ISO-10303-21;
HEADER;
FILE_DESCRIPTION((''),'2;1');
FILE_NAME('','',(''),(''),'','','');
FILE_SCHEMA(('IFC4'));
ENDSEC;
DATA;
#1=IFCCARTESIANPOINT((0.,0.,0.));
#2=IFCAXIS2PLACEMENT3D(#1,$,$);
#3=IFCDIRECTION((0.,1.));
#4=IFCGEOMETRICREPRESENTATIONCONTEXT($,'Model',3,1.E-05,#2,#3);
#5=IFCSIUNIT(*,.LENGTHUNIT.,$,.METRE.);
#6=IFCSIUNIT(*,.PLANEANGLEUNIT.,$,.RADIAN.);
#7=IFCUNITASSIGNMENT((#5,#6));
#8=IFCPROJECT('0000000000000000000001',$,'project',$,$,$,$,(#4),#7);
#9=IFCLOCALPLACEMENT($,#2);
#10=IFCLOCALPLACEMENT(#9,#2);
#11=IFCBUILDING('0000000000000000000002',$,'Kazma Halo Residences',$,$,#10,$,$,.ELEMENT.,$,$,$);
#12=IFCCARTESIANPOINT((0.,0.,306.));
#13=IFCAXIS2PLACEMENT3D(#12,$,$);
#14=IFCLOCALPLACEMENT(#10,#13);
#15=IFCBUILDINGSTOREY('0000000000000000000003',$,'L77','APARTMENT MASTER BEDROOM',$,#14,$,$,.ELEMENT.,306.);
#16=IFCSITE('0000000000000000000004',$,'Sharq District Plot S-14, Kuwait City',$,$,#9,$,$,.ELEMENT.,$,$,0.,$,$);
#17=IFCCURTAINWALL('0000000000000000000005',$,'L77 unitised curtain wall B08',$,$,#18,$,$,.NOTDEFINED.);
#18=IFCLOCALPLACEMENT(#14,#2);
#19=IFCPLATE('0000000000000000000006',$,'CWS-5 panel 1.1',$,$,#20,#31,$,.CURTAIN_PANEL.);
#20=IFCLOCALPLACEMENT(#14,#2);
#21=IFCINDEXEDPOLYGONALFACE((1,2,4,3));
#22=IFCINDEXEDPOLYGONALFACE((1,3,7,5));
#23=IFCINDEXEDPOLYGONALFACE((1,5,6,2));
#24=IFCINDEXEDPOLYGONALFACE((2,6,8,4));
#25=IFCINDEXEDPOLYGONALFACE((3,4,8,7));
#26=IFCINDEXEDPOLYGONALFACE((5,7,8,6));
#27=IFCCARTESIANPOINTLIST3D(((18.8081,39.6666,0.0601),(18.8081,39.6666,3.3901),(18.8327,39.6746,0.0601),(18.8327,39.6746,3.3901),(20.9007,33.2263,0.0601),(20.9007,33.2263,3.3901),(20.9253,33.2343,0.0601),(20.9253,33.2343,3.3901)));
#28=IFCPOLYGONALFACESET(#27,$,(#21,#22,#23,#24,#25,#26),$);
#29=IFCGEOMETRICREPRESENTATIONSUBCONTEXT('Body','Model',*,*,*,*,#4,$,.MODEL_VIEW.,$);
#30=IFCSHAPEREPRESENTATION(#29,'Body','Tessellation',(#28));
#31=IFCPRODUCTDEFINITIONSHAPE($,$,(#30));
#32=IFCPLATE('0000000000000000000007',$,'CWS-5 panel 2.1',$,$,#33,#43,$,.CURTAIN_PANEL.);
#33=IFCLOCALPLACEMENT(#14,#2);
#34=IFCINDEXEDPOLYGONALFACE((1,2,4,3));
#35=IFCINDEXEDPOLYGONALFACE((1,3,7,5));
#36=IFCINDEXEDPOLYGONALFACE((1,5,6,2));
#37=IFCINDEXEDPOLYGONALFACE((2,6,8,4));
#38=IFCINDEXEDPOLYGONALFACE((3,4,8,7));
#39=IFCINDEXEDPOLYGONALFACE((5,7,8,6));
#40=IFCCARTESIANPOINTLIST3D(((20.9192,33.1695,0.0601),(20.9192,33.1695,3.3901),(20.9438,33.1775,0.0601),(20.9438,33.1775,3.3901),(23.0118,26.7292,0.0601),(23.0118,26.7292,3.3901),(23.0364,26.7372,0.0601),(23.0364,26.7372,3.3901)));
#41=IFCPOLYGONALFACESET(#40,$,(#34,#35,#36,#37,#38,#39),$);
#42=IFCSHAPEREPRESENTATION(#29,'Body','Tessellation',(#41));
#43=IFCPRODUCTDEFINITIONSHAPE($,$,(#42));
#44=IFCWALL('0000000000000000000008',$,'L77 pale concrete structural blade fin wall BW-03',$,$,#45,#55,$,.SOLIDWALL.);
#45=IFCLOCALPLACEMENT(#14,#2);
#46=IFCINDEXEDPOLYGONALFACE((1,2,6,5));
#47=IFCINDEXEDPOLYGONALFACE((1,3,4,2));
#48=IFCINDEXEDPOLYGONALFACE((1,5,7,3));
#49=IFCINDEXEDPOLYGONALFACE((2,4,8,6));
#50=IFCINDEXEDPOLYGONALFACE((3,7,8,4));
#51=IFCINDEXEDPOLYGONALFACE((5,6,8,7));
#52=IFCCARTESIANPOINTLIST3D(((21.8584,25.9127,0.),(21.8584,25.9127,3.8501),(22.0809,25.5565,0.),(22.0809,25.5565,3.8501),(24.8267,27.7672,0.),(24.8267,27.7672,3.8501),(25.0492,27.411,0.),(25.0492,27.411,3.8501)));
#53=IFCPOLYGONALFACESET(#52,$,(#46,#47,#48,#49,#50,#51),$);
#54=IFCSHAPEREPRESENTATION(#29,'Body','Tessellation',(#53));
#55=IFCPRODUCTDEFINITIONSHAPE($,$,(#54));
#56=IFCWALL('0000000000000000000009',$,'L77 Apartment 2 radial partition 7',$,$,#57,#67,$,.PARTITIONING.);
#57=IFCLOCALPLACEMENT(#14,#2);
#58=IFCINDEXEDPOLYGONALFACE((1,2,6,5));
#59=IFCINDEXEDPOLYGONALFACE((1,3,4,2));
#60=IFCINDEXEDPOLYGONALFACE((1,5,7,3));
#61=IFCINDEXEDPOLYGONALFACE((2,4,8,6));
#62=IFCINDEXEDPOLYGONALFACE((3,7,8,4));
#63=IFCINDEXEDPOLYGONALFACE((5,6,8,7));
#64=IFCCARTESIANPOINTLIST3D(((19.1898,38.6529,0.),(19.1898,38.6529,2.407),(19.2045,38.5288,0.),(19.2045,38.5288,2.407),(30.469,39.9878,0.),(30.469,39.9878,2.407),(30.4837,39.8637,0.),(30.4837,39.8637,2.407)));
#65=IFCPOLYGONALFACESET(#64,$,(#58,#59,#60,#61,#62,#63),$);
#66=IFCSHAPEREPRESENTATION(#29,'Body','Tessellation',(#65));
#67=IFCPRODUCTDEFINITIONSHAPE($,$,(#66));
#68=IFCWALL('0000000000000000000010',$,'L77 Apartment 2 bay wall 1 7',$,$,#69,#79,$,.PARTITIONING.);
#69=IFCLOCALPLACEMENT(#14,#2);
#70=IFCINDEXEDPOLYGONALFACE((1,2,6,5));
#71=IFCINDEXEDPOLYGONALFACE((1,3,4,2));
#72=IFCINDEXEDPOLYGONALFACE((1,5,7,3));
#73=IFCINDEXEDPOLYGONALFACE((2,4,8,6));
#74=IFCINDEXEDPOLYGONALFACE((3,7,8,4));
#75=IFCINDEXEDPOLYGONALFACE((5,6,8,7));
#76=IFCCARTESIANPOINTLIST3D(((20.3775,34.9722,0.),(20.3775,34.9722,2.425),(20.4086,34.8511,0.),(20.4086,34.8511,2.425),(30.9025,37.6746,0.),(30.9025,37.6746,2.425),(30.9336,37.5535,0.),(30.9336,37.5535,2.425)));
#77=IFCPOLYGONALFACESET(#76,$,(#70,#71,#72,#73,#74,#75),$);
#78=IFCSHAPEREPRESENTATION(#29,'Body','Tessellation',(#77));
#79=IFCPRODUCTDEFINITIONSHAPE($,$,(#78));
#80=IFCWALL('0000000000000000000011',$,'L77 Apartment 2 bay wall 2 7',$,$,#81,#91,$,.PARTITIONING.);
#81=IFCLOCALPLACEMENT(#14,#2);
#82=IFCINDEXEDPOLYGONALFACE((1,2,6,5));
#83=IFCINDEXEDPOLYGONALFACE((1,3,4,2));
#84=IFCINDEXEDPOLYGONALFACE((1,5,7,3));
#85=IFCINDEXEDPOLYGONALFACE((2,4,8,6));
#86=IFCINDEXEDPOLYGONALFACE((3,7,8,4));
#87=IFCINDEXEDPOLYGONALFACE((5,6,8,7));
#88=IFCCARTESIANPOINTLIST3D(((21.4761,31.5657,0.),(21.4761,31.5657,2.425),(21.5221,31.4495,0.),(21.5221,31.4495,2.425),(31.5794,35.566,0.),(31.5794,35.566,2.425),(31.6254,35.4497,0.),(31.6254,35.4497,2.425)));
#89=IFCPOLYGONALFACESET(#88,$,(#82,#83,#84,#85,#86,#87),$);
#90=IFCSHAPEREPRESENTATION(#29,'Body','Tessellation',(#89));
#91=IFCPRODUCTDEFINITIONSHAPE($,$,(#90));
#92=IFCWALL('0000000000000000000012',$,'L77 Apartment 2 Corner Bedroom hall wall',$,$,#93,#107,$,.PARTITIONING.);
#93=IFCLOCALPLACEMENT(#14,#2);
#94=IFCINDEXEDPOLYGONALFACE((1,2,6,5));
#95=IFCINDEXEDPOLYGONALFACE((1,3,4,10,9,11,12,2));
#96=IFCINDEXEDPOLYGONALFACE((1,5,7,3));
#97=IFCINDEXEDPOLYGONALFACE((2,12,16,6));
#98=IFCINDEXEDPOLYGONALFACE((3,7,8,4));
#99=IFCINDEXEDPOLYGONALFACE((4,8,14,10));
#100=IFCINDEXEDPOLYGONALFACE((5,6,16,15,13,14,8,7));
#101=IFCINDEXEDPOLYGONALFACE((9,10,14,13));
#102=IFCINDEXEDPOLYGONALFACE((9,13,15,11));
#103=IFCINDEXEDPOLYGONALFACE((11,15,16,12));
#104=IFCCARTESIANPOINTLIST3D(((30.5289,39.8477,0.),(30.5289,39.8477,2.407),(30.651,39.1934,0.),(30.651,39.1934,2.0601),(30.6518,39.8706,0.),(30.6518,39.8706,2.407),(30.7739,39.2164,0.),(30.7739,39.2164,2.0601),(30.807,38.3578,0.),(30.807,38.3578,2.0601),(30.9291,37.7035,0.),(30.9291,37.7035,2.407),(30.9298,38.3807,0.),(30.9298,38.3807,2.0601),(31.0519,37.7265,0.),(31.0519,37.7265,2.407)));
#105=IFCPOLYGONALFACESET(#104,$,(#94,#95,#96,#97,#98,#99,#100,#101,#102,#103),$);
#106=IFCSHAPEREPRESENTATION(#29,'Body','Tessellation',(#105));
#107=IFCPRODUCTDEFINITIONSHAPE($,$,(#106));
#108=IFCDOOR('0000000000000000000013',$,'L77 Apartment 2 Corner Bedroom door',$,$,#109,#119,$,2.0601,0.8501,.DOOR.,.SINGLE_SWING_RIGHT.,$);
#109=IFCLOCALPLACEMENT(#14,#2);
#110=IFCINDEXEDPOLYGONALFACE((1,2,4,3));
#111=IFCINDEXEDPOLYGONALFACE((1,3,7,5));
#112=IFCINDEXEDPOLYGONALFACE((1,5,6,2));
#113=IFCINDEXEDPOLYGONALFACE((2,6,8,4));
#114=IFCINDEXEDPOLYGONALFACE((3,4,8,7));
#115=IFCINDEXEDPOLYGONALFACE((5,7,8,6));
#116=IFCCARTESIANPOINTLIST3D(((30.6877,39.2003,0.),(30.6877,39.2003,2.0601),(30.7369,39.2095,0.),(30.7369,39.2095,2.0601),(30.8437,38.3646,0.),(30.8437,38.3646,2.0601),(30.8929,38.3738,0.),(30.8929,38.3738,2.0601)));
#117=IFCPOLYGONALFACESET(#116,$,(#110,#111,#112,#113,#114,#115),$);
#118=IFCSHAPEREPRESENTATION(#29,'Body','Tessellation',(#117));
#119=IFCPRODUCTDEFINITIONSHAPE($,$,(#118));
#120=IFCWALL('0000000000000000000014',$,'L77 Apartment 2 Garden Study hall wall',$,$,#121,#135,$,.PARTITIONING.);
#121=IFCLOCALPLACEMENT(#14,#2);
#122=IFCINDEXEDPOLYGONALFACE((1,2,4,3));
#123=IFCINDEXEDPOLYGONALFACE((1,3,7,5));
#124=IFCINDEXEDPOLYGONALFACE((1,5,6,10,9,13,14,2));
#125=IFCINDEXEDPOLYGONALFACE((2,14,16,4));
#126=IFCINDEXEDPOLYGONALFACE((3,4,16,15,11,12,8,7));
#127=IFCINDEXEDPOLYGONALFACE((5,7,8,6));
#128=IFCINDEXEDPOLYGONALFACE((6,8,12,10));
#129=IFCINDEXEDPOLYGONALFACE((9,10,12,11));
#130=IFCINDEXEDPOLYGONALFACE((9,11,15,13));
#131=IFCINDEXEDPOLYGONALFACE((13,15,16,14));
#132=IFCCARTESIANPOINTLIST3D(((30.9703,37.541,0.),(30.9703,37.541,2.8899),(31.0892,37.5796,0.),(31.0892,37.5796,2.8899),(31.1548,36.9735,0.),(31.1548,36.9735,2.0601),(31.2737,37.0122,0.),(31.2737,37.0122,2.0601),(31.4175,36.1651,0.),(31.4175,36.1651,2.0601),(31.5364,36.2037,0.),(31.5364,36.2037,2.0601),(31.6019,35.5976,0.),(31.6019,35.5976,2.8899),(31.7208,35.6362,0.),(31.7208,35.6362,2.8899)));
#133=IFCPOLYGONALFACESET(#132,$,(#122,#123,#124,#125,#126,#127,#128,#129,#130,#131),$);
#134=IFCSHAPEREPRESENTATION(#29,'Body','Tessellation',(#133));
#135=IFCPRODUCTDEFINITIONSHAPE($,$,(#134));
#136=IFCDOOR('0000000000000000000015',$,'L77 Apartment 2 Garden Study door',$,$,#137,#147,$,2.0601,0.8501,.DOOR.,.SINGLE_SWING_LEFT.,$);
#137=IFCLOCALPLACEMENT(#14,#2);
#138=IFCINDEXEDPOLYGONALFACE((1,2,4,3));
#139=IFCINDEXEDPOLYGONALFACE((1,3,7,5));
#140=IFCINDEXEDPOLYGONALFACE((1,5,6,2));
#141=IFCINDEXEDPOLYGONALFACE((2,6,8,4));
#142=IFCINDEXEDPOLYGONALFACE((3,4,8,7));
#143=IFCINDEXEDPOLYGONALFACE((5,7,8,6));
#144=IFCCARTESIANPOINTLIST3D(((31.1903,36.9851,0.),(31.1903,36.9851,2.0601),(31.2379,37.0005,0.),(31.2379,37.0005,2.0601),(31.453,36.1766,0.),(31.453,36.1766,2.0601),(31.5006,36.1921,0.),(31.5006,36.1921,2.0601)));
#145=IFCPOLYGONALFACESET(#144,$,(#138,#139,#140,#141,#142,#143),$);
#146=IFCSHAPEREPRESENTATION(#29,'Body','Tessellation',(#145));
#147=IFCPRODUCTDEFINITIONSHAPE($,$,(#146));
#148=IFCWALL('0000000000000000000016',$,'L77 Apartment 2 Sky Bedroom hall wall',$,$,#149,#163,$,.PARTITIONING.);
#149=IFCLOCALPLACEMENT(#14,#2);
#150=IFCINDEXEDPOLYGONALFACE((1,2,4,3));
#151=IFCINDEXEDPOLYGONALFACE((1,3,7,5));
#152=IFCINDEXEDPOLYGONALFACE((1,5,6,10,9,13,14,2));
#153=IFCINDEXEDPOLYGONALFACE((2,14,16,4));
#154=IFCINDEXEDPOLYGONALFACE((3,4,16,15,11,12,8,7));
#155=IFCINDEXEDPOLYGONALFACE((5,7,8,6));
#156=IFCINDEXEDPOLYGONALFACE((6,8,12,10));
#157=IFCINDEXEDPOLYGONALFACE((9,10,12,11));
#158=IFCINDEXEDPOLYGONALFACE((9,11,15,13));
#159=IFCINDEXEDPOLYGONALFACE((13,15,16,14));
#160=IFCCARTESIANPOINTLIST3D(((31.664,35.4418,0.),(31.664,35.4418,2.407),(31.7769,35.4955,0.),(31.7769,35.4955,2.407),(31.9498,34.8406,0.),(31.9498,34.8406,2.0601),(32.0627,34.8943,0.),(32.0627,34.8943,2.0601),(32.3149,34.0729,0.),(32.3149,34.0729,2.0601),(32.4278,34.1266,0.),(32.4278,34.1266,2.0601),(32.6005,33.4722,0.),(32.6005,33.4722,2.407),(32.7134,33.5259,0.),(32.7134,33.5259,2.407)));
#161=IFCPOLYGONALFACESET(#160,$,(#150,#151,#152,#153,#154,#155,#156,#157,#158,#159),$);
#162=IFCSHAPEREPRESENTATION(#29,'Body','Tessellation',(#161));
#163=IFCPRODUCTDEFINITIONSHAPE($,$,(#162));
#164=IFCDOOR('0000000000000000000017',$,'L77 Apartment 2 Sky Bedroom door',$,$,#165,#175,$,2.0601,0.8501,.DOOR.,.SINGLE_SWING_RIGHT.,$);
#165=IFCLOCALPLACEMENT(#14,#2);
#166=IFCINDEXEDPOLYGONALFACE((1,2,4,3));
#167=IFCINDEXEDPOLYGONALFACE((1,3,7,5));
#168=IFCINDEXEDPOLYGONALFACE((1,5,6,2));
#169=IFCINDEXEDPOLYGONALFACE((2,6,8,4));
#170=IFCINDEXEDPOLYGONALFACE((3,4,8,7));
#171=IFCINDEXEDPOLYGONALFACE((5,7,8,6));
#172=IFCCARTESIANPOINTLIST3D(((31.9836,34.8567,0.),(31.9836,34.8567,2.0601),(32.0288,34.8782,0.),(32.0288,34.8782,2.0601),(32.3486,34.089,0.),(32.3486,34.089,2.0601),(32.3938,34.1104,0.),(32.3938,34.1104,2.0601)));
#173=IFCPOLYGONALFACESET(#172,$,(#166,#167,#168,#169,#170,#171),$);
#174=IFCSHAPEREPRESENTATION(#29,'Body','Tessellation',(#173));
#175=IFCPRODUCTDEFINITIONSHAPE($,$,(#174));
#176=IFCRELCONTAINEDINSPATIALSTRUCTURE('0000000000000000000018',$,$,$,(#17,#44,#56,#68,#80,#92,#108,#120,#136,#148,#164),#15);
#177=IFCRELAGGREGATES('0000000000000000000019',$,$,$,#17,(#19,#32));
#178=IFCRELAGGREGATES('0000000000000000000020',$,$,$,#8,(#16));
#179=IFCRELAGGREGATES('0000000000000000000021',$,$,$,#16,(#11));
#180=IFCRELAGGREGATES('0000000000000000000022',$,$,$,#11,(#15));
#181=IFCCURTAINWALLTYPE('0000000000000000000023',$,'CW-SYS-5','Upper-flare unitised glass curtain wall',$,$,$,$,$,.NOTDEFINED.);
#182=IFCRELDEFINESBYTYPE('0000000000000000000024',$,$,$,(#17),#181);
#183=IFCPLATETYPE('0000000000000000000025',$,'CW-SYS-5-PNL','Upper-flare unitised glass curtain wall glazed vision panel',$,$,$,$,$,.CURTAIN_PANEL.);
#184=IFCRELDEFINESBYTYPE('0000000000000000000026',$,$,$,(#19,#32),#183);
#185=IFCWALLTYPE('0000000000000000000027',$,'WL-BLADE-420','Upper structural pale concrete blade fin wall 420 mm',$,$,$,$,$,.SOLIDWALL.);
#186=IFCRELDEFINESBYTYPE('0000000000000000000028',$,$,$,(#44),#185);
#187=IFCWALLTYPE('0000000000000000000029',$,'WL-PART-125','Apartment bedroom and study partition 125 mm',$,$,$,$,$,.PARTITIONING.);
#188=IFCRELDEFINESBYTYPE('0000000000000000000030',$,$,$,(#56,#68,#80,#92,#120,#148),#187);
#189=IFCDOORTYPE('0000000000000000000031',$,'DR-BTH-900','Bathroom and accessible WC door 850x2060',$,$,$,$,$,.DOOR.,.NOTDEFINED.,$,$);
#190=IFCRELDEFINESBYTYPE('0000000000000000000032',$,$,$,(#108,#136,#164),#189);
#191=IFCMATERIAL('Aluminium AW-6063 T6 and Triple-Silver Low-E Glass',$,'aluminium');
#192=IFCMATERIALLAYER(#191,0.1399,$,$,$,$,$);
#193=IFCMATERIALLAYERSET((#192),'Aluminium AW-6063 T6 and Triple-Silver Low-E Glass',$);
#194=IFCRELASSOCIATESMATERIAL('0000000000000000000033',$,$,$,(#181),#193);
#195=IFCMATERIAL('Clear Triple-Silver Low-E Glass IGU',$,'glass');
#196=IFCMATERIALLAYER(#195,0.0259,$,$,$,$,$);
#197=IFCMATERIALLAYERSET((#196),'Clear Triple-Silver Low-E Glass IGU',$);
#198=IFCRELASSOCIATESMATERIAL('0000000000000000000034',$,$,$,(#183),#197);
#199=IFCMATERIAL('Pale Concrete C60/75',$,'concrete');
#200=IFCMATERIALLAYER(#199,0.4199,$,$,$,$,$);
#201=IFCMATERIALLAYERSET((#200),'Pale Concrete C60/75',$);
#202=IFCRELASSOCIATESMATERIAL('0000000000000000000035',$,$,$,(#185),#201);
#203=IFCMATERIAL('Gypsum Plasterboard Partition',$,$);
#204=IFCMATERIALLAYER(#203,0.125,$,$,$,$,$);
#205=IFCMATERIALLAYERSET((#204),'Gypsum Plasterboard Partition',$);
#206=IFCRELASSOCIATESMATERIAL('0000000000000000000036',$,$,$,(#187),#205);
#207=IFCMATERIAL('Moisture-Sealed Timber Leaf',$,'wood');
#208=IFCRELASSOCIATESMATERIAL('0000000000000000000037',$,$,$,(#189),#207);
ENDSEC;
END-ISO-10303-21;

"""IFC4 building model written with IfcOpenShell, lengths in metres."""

from ifc_helpers import new_model, si_unit, direction, frame, frame_2d, origin, origin_2d, place, context, subcontext, project, spatial, rectangle, extrude, material, layer, layer_set, type_object, element, fill, aggregate, save


model = new_model("IFC4")

# Units and contexts
model_context = context("Model", 3, precision=1e-05, world=origin(), true_north=direction((0.0, 1.0)))
body_context = subcontext(model_context, "Body", "Model", "MODEL_VIEW")
ifc_project = project(units=[si_unit("LENGTHUNIT", "METRE"), si_unit("PLANEANGLEUNIT", "RADIAN")], contexts=[model_context])

# Site, building, storey
site_placement = place(None, origin())
site = spatial("IfcSite", under=ifc_project, at=site_placement, Name="Sharq District Plot S-14, Kuwait City", CompositionType="ELEMENT", RefElevation=0.0)
building_placement = place(site_placement, origin())
building = spatial("IfcBuilding", under=site, at=building_placement, Name="Kazma Halo Residences", CompositionType="ELEMENT")
storey_placement = place(building_placement, frame((0.0, 0.0, 306.0)))
storey = spatial("IfcBuildingStorey", under=building, at=storey_placement, Name="L77", Description="APARTMENT MASTER BEDROOM", CompositionType="ELEMENT", Elevation=306.0)

# Curtain wall, plates
ifc_material_1 = material(Name="Aluminium AW-6063 T6 and Triple-Silver Low-E Glass", Category="aluminium")
ifc_layer_1 = layer(ifc_material_1, 0.1399)
ifc_layer_set_1 = layer_set([ifc_layer_1], Name="Aluminium AW-6063 T6 and Triple-Silver Low-E Glass")
curtain_wall_type = type_object("IfcCurtainWallType", Name="CW-SYS-5", Description="Upper-flare unitised glass curtain wall", PredefinedType="NOTDEFINED", material=ifc_layer_set_1)
curtain_wall_placement = place(storey_placement, origin())
curtain_wall = element("IfcCurtainWall", 1, at=curtain_wall_placement, inside=storey, type_object=curtain_wall_type, Name="L77 unitised curtain wall B08", PredefinedType="NOTDEFINED")
ifc_material_2 = material(Name="Clear Triple-Silver Low-E Glass IGU", Category="glass")
ifc_layer_2 = layer(ifc_material_2, 0.0259)
ifc_layer_set_2 = layer_set([ifc_layer_2], Name="Clear Triple-Silver Low-E Glass IGU")
plate_type = type_object("IfcPlateType", Name="CW-SYS-5-PNL", Description="Upper-flare unitised glass curtain wall glazed vision panel", PredefinedType="CURTAIN_PANEL", material=ifc_layer_set_2)
plate_1_placement = place(storey_placement, frame((19.8667, 36.4504, 0.0601), z_axis=(0.0, 0.0, 1.0), x_axis=(0.309016, -0.951057, 0.0)))
plate_1 = element("IfcPlate", 2, at=plate_1_placement, type_object=plate_type, Name="CWS-5 panel 1.1", PredefinedType="CURTAIN_PANEL", context=body_context, shape_type="SweptSolid", body=[
    extrude(rectangle(XDim=6.7717, YDim=0.0259, at=origin_2d()), origin(), (0.0, 0.0, 1.0), 3.3301),
])
plate_2_placement = place(storey_placement, frame((21.9778, 29.9534, 0.0601), z_axis=(0.0, 0.0, 1.0), x_axis=(0.309016, -0.951057, 0.0)))
plate_2 = element("IfcPlate", 3, at=plate_2_placement, type_object=plate_type, Name="CWS-5 panel 2.1", PredefinedType="CURTAIN_PANEL", context=body_context, shape_type="SweptSolid", body=[
    extrude(rectangle(XDim=6.7717, YDim=0.0259, at=origin_2d()), origin(), (0.0, 0.0, 1.0), 3.3301),
])
aggregate(curtain_wall, [plate_1, plate_2])

# Walls
ifc_material_3 = material(Name="Pale Concrete C60/75", Category="concrete")
ifc_layer_3 = layer(ifc_material_3, 0.4199)
ifc_layer_set_3 = layer_set([ifc_layer_3], Name="Pale Concrete C60/75")
wall_type_1 = type_object("IfcWallType", Name="WL-BLADE-420", Description="Upper structural pale concrete blade fin wall 420 mm", PredefinedType="SOLIDWALL", material=ifc_layer_set_3)
wall_1_placement = place(storey_placement, frame((24.938, 27.5891, 0.0), z_axis=(0.0, 0.0, 1.0), x_axis=(-0.848085, -0.529861, 0.0)))
element("IfcWall", 4, at=wall_1_placement, inside=storey, type_object=wall_type_1, Name="L77 pale concrete structural blade fin wall BW-03", PredefinedType="SOLIDWALL", context=body_context, shape_type="SweptSolid", body=[
    extrude(rectangle(XDim=3.5, YDim=0.4199, at=frame_2d((1.75, 0.0))), origin(), (0.0, 0.0, 1.0), 3.8501),
])
ifc_material_4 = material(Name="Gypsum Plasterboard Partition")
ifc_layer_4 = layer(ifc_material_4, 0.125)
ifc_layer_set_4 = layer_set([ifc_layer_4], Name="Gypsum Plasterboard Partition")
wall_type_2 = type_object("IfcWallType", Name="WL-PART-125", Description="Apartment bedroom and study partition 125 mm", PredefinedType="PARTITIONING", material=ifc_layer_set_4)
wall_2_placement = place(storey_placement, frame((30.4763, 39.9258, 0.0), z_axis=(0.0, 0.0, 1.0), x_axis=(-0.993069, -0.117535, 0.0)))
element("IfcWall", 5, at=wall_2_placement, inside=storey, type_object=wall_type_2, Name="L77 Apartment 2 radial partition 7", PredefinedType="PARTITIONING", context=body_context, shape_type="SweptSolid", body=[
    extrude(rectangle(XDim=11.3579, YDim=0.125, at=frame_2d((5.679, 0.0))), origin(), (0.0, 0.0, 1.0), 2.407),
])
for number, where, z_axis, x_axis, name in (
    (6, (30.918, 37.614, 0.0), (0.0, 0.0, 1.0), (-0.968583, -0.248689, 0.0), "L77 Apartment 2 bay wall 1 7"),
    (7, (31.6023, 35.5078, 0.0), (0.0, 0.0, 1.0), (-0.929774, -0.368131, 0.0), "L77 Apartment 2 bay wall 2 7"),
):
    element("IfcWall", number, at=place(storey_placement, frame(where, z_axis=z_axis, x_axis=x_axis)), inside=storey, type_object=wall_type_2, Name=name, PredefinedType="PARTITIONING", context=body_context, shape_type="SweptSolid", body=[
        extrude(rectangle(XDim=10.8665, YDim=0.125, at=frame_2d((5.4331, 0.0))), origin(), (0.0, 0.0, 1.0), 2.425),
    ])

# Walls, openings, doors
wall_3_placement = place(storey_placement, frame((30.5903, 39.8591, 0.0), z_axis=(0.0, 0.0, 1.0), x_axis=(0.183464, -0.983026, 0.0)))
wall_3 = element("IfcWall", 8, at=wall_3_placement, inside=storey, type_object=wall_type_2, Name="L77 Apartment 2 Corner Bedroom hall wall", PredefinedType="PARTITIONING", context=body_context, shape_type="SweptSolid", body=[
    extrude(rectangle(XDim=2.1812, YDim=0.125, at=frame_2d((1.0906, 0.0))), origin(), (0.0, 0.0, 1.0), 2.407),
])
opening_1_placement = place(wall_3_placement, frame((0.6655, 0.0, 0.0)))
opening_1 = element("IfcOpeningElement", 9, at=opening_1_placement, cuts=wall_3, PredefinedType="OPENING", context=body_context, shape_type="SweptSolid", body=[
    extrude(rectangle(XDim=0.8501, YDim=2.0601, at=frame_2d((0.425, 1.03))), frame((0.0, 0.0725, 0.0), z_axis=(0.0, -1.0, 0.0), x_axis=(1.0, 0.0, 0.0)), (0.0, 0.0, 1.0), 0.145),
])
ifc_material_5 = material(Name="Moisture-Sealed Timber Leaf", Category="wood")
door_type = type_object("IfcDoorType", Name="DR-BTH-900", Description="Bathroom and accessible WC door 850x2060", OperationType="NOTDEFINED", PredefinedType="DOOR", material=ifc_material_5)
door_1_placement = place(opening_1_placement, origin())
door_1 = element("IfcDoor", 10, at=door_1_placement, inside=storey, type_object=door_type, Name="L77 Apartment 2 Corner Bedroom door", OperationType="SINGLE_SWING_RIGHT", OverallHeight=2.0601, OverallWidth=0.8501, PredefinedType="DOOR", context=body_context, shape_type="SweptSolid", body=[
    extrude(rectangle(XDim=0.8501, YDim=2.0601, at=frame_2d((0.425, 1.03))), frame((0.0, 0.0249, 0.0), z_axis=(0.0, -1.0, 0.0), x_axis=(1.0, 0.0, 0.0)), (0.0, 0.0, 1.0), 0.05),
])
fill(opening_1, door_1)
wall_4_placement = place(storey_placement, frame((31.0298, 37.5603, 0.0), z_axis=(0.0, 0.0, 1.0), x_axis=(0.309086, -0.951034, 0.0)))
wall_4 = element("IfcWall", 11, at=wall_4_placement, inside=storey, type_object=wall_type_2, Name="L77 Apartment 2 Garden Study hall wall", PredefinedType="PARTITIONING", context=body_context, shape_type="SweptSolid", body=[
    extrude(rectangle(XDim=2.0435, YDim=0.125, at=frame_2d((1.0217, 0.0))), origin(), (0.0, 0.0, 1.0), 2.8899),
])
opening_2_placement = place(wall_4_placement, frame((0.5967, 0.0, 0.0)))
opening_2 = element("IfcOpeningElement", 12, at=opening_2_placement, cuts=wall_4, PredefinedType="OPENING", context=body_context, shape_type="SweptSolid", body=[
    extrude(rectangle(XDim=0.8501, YDim=2.0601, at=frame_2d((0.425, 1.03))), frame((0.0, 0.0725, 0.0), z_axis=(0.0, -1.0, 0.0), x_axis=(1.0, 0.0, 0.0)), (0.0, 0.0, 1.0), 0.145),
])
door_2_placement = place(opening_2_placement, origin())
door_2 = element("IfcDoor", 13, at=door_2_placement, inside=storey, type_object=door_type, Name="L77 Apartment 2 Garden Study door", OperationType="SINGLE_SWING_LEFT", OverallHeight=2.0601, OverallWidth=0.8501, PredefinedType="DOOR", context=body_context, shape_type="SweptSolid", body=[
    extrude(rectangle(XDim=0.8501, YDim=2.0601, at=frame_2d((0.425, 1.03))), frame((0.0, 0.0249, 0.0), z_axis=(0.0, -1.0, 0.0), x_axis=(1.0, 0.0, 0.0)), (0.0, 0.0, 1.0), 0.05),
])
fill(opening_2, door_2)
wall_5_placement = place(storey_placement, frame((31.7205, 35.4685, 0.0), z_axis=(0.0, 0.0, 1.0), x_axis=(0.429438, -0.903096, 0.0)))
wall_5 = element("IfcWall", 14, at=wall_5_placement, inside=storey, type_object=wall_type_2, Name="L77 Apartment 2 Sky Bedroom hall wall", PredefinedType="PARTITIONING", context=body_context, shape_type="SweptSolid", body=[
    extrude(rectangle(XDim=2.1809, YDim=0.125, at=frame_2d((1.0903, 0.0))), origin(), (0.0, 0.0, 1.0), 2.407),
])
opening_3_placement = place(wall_5_placement, frame((0.6655, 0.0, 0.0)))
opening_3 = element("IfcOpeningElement", 15, at=opening_3_placement, cuts=wall_5, PredefinedType="OPENING", context=body_context, shape_type="SweptSolid", body=[
    extrude(rectangle(XDim=0.8501, YDim=2.0601, at=frame_2d((0.425, 1.03))), frame((0.0, 0.0725, 0.0), z_axis=(0.0, -1.0, 0.0), x_axis=(1.0, 0.0, 0.0)), (0.0, 0.0, 1.0), 0.145),
])
door_3_placement = place(opening_3_placement, origin())
door_3 = element("IfcDoor", 16, at=door_3_placement, inside=storey, type_object=door_type, Name="L77 Apartment 2 Sky Bedroom door", OperationType="SINGLE_SWING_RIGHT", OverallHeight=2.0601, OverallWidth=0.8501, PredefinedType="DOOR", context=body_context, shape_type="SweptSolid", body=[
    extrude(rectangle(XDim=0.8501, YDim=2.0601, at=frame_2d((0.425, 1.03))), frame((0.0, 0.0249, 0.0), z_axis=(0.0, -1.0, 0.0), x_axis=(1.0, 0.0, 0.0)), (0.0, 0.0, 1.0), 0.05),
])
fill(opening_3, door_3)

save(model, "model.ifc")
